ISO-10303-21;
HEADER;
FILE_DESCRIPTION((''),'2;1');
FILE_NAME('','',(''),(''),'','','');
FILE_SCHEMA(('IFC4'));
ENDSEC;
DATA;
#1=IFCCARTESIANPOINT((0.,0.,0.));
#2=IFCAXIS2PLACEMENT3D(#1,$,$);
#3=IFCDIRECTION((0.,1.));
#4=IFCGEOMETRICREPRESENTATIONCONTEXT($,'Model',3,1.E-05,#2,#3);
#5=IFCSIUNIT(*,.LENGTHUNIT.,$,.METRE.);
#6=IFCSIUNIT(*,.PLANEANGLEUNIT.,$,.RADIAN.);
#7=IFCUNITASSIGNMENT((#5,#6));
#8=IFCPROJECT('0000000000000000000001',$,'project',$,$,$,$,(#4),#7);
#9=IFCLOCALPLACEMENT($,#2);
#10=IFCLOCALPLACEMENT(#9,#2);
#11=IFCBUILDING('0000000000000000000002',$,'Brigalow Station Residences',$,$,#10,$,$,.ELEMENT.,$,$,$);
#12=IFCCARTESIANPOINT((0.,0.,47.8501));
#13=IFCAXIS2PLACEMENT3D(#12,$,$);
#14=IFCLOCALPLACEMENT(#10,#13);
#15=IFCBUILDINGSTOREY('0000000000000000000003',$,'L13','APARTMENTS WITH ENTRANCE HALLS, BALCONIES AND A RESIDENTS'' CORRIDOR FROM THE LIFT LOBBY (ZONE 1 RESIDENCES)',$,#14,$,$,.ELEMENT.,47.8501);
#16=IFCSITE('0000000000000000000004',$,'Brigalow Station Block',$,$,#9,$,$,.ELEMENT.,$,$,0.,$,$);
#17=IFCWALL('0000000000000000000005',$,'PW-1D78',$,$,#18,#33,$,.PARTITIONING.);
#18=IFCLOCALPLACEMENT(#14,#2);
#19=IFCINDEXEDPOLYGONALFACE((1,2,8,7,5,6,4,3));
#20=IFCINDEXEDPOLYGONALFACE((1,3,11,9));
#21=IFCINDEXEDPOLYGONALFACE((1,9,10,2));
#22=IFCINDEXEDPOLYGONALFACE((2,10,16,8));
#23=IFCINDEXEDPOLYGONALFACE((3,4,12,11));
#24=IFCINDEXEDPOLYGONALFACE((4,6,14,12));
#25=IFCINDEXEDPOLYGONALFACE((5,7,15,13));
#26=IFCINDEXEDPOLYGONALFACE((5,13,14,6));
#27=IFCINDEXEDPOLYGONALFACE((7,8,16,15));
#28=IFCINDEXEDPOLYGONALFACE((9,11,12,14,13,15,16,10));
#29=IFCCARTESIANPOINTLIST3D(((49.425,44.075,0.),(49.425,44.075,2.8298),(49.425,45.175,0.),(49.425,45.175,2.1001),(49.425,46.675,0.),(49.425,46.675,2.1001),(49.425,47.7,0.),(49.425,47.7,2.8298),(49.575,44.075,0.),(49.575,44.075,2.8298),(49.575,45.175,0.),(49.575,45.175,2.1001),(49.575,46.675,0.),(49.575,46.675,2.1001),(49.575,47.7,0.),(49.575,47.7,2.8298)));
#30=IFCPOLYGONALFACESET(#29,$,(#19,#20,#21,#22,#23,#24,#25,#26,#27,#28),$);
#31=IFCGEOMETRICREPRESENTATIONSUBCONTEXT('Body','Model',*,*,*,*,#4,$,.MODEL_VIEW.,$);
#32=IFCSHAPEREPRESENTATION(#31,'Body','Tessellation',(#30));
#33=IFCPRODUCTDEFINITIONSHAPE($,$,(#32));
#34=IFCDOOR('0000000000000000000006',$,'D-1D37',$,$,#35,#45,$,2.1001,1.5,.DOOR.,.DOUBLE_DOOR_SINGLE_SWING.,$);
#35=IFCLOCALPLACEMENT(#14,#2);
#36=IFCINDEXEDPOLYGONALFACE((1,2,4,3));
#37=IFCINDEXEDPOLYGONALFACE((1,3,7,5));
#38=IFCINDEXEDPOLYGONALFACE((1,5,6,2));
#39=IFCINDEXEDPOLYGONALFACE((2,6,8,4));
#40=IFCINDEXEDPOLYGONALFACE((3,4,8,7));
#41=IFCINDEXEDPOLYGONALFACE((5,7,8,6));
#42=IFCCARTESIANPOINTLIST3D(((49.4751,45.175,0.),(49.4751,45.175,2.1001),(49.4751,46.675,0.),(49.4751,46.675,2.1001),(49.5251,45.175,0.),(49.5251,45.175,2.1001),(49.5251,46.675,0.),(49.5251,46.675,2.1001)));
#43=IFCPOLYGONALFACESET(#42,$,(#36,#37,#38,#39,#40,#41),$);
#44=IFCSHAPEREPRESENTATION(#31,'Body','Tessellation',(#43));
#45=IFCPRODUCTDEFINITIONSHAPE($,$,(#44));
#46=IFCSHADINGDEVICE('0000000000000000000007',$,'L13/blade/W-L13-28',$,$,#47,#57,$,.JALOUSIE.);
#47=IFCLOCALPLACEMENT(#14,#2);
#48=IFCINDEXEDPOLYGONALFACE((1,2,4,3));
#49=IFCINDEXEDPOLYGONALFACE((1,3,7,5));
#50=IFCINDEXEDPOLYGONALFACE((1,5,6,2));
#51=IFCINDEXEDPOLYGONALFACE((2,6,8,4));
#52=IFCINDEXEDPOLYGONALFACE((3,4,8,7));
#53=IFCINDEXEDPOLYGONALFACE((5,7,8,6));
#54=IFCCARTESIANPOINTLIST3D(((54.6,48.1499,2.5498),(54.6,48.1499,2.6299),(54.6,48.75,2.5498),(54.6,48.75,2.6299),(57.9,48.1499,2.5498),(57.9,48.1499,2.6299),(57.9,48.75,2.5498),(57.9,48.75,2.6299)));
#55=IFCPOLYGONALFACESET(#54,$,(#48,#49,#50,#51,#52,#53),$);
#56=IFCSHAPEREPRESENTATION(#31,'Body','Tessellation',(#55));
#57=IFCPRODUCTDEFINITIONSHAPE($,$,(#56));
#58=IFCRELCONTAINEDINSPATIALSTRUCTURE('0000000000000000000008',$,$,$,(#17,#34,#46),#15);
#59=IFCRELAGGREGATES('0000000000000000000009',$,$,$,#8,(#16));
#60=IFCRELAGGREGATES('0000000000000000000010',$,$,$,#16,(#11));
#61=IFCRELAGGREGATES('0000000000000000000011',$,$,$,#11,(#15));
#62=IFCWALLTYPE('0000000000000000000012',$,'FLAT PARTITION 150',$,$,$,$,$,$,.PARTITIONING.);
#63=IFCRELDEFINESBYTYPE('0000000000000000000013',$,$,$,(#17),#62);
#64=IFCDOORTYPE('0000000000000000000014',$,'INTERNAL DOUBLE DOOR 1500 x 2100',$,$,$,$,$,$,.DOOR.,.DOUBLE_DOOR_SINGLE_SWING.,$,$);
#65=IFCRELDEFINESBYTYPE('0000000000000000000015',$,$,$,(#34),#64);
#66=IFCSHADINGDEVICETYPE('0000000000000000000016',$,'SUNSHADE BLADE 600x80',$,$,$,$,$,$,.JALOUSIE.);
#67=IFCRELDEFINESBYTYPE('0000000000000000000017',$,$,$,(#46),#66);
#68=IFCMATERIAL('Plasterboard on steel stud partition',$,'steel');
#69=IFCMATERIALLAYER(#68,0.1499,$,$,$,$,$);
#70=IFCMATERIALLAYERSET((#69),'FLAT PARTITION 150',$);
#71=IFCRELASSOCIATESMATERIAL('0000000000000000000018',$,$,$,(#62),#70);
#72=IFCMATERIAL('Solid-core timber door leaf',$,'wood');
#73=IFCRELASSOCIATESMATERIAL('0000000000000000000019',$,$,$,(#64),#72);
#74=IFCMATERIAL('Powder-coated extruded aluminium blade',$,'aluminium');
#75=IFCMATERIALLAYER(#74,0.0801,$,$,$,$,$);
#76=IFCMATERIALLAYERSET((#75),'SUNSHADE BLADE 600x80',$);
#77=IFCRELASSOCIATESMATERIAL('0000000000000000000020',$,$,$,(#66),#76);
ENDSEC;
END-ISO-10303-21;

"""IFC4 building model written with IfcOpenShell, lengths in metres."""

from ifc_helpers import new_model, si_unit, direction, frame, frame_2d, origin, origin_2d, place, context, subcontext, project, spatial, rectangle, extrude, material, layer, layer_set, type_object, element, fill, save


model = new_model("IFC4")

# Units and contexts
model_context = context("Model", 3, precision=1e-05, world=origin(), true_north=direction((0.0, 1.0)))
body_context = subcontext(model_context, "Body", "Model", "MODEL_VIEW")
ifc_project = project(units=[si_unit("LENGTHUNIT", "METRE"), si_unit("PLANEANGLEUNIT", "RADIAN")], contexts=[model_context])

# Site, building, storey
site_placement = place(None, origin())
site = spatial("IfcSite", under=ifc_project, at=site_placement, Name="Brigalow Station Block", CompositionType="ELEMENT", RefElevation=0.0)
building_placement = place(site_placement, origin())
building = spatial("IfcBuilding", under=site, at=building_placement, Name="Brigalow Station Residences", CompositionType="ELEMENT")
storey_placement = place(building_placement, frame((0.0, 0.0, 47.8501)))
storey = spatial("IfcBuildingStorey", under=building, at=storey_placement, Name="L13", Description="APARTMENTS WITH ENTRANCE HALLS, BALCONIES AND A RESIDENTS' CORRIDOR FROM THE LIFT LOBBY (ZONE 1 RESIDENCES)", CompositionType="ELEMENT", Elevation=47.8501)

# Shared definitions
ifc_material_1 = material(Name="Plasterboard on steel stud partition", Category="steel")
ifc_layer_1 = layer(ifc_material_1, 0.1499)
ifc_layer_set_1 = layer_set([ifc_layer_1], Name="FLAT PARTITION 150")
wall_type_1 = type_object("IfcWallType", Name="FLAT PARTITION 150", PredefinedType="PARTITIONING", material=ifc_layer_set_1)

# Wall, opening, door
wall_1_placement = place(storey_placement, frame((49.5, 44.075, 0.0), z_axis=(0.0, 0.0, 1.0), x_axis=(0.0, 1.0, 0.0)))
wall_1 = element("IfcWall", 1, at=wall_1_placement, inside=storey, type_object=wall_type_1, Name="PW-1D78", PredefinedType="PARTITIONING", context=body_context, shape_type="SweptSolid", body=[
    extrude(rectangle(XDim=3.625, YDim=0.1499, at=frame_2d((1.8125, 0.0))), origin(), (0.0, 0.0, 1.0), 2.8298),
])
opening_1_placement = place(wall_1_placement, frame((1.1001, 0.0, 0.0)))
opening_1 = element("IfcOpeningElement", 2, at=opening_1_placement, cuts=wall_1, PredefinedType="OPENING", context=body_context, shape_type="SweptSolid", body=[
    extrude(rectangle(XDim=1.5, YDim=2.1001, at=frame_2d((0.75, 1.05))), frame((0.0, 0.085, 0.0), z_axis=(0.0, -1.0, 0.0), x_axis=(1.0, 0.0, 0.0)), (0.0, 0.0, 1.0), 0.1699),
])
ifc_material_2 = material(Name="Solid-core timber door leaf", Category="wood")
door_type_1 = type_object("IfcDoorType", Name="INTERNAL DOUBLE DOOR 1500 x 2100", OperationType="DOUBLE_DOOR_SINGLE_SWING", PredefinedType="DOOR", material=ifc_material_2)
door_1_placement = place(opening_1_placement, origin())
door_1 = element("IfcDoor", 3, at=door_1_placement, inside=storey, type_object=door_type_1, Name="D-1D37", OperationType="DOUBLE_DOOR_SINGLE_SWING", OverallHeight=2.1001, OverallWidth=1.5, PredefinedType="DOOR", context=body_context, shape_type="SweptSolid", body=[
    extrude(rectangle(XDim=1.5, YDim=2.1001, at=frame_2d((0.75, 1.05))), frame((0.0, 0.0249, 0.0), z_axis=(0.0, -1.0, 0.0), x_axis=(1.0, 0.0, 0.0)), (0.0, 0.0, 1.0), 0.05),
])
fill(opening_1, door_1)

# Shading device
ifc_material_3 = material(Name="Powder-coated extruded aluminium blade", Category="aluminium")
ifc_layer_2 = layer(ifc_material_3, 0.0801)
ifc_layer_set_2 = layer_set([ifc_layer_2], Name="SUNSHADE BLADE 600x80")
shading_device_type = type_object("IfcShadingDeviceType", Name="SUNSHADE BLADE 600x80", PredefinedType="JALOUSIE", material=ifc_layer_set_2)
shading_device_placement = place(storey_placement, frame((56.25, 48.45, 2.5498), z_axis=(0.0, 0.0, 1.0), x_axis=(-1.0, 0.0, 0.0)))
element("IfcShadingDevice", 4, at=shading_device_placement, inside=storey, type_object=shading_device_type, Name="L13/blade/W-L13-28", PredefinedType="JALOUSIE", context=body_context, shape_type="SweptSolid", body=[
    extrude(rectangle(XDim=3.3, YDim=0.6001, at=origin_2d()), origin(), (0.0, 0.0, 1.0), 0.0801),
])

save(model, "model.ifc")
